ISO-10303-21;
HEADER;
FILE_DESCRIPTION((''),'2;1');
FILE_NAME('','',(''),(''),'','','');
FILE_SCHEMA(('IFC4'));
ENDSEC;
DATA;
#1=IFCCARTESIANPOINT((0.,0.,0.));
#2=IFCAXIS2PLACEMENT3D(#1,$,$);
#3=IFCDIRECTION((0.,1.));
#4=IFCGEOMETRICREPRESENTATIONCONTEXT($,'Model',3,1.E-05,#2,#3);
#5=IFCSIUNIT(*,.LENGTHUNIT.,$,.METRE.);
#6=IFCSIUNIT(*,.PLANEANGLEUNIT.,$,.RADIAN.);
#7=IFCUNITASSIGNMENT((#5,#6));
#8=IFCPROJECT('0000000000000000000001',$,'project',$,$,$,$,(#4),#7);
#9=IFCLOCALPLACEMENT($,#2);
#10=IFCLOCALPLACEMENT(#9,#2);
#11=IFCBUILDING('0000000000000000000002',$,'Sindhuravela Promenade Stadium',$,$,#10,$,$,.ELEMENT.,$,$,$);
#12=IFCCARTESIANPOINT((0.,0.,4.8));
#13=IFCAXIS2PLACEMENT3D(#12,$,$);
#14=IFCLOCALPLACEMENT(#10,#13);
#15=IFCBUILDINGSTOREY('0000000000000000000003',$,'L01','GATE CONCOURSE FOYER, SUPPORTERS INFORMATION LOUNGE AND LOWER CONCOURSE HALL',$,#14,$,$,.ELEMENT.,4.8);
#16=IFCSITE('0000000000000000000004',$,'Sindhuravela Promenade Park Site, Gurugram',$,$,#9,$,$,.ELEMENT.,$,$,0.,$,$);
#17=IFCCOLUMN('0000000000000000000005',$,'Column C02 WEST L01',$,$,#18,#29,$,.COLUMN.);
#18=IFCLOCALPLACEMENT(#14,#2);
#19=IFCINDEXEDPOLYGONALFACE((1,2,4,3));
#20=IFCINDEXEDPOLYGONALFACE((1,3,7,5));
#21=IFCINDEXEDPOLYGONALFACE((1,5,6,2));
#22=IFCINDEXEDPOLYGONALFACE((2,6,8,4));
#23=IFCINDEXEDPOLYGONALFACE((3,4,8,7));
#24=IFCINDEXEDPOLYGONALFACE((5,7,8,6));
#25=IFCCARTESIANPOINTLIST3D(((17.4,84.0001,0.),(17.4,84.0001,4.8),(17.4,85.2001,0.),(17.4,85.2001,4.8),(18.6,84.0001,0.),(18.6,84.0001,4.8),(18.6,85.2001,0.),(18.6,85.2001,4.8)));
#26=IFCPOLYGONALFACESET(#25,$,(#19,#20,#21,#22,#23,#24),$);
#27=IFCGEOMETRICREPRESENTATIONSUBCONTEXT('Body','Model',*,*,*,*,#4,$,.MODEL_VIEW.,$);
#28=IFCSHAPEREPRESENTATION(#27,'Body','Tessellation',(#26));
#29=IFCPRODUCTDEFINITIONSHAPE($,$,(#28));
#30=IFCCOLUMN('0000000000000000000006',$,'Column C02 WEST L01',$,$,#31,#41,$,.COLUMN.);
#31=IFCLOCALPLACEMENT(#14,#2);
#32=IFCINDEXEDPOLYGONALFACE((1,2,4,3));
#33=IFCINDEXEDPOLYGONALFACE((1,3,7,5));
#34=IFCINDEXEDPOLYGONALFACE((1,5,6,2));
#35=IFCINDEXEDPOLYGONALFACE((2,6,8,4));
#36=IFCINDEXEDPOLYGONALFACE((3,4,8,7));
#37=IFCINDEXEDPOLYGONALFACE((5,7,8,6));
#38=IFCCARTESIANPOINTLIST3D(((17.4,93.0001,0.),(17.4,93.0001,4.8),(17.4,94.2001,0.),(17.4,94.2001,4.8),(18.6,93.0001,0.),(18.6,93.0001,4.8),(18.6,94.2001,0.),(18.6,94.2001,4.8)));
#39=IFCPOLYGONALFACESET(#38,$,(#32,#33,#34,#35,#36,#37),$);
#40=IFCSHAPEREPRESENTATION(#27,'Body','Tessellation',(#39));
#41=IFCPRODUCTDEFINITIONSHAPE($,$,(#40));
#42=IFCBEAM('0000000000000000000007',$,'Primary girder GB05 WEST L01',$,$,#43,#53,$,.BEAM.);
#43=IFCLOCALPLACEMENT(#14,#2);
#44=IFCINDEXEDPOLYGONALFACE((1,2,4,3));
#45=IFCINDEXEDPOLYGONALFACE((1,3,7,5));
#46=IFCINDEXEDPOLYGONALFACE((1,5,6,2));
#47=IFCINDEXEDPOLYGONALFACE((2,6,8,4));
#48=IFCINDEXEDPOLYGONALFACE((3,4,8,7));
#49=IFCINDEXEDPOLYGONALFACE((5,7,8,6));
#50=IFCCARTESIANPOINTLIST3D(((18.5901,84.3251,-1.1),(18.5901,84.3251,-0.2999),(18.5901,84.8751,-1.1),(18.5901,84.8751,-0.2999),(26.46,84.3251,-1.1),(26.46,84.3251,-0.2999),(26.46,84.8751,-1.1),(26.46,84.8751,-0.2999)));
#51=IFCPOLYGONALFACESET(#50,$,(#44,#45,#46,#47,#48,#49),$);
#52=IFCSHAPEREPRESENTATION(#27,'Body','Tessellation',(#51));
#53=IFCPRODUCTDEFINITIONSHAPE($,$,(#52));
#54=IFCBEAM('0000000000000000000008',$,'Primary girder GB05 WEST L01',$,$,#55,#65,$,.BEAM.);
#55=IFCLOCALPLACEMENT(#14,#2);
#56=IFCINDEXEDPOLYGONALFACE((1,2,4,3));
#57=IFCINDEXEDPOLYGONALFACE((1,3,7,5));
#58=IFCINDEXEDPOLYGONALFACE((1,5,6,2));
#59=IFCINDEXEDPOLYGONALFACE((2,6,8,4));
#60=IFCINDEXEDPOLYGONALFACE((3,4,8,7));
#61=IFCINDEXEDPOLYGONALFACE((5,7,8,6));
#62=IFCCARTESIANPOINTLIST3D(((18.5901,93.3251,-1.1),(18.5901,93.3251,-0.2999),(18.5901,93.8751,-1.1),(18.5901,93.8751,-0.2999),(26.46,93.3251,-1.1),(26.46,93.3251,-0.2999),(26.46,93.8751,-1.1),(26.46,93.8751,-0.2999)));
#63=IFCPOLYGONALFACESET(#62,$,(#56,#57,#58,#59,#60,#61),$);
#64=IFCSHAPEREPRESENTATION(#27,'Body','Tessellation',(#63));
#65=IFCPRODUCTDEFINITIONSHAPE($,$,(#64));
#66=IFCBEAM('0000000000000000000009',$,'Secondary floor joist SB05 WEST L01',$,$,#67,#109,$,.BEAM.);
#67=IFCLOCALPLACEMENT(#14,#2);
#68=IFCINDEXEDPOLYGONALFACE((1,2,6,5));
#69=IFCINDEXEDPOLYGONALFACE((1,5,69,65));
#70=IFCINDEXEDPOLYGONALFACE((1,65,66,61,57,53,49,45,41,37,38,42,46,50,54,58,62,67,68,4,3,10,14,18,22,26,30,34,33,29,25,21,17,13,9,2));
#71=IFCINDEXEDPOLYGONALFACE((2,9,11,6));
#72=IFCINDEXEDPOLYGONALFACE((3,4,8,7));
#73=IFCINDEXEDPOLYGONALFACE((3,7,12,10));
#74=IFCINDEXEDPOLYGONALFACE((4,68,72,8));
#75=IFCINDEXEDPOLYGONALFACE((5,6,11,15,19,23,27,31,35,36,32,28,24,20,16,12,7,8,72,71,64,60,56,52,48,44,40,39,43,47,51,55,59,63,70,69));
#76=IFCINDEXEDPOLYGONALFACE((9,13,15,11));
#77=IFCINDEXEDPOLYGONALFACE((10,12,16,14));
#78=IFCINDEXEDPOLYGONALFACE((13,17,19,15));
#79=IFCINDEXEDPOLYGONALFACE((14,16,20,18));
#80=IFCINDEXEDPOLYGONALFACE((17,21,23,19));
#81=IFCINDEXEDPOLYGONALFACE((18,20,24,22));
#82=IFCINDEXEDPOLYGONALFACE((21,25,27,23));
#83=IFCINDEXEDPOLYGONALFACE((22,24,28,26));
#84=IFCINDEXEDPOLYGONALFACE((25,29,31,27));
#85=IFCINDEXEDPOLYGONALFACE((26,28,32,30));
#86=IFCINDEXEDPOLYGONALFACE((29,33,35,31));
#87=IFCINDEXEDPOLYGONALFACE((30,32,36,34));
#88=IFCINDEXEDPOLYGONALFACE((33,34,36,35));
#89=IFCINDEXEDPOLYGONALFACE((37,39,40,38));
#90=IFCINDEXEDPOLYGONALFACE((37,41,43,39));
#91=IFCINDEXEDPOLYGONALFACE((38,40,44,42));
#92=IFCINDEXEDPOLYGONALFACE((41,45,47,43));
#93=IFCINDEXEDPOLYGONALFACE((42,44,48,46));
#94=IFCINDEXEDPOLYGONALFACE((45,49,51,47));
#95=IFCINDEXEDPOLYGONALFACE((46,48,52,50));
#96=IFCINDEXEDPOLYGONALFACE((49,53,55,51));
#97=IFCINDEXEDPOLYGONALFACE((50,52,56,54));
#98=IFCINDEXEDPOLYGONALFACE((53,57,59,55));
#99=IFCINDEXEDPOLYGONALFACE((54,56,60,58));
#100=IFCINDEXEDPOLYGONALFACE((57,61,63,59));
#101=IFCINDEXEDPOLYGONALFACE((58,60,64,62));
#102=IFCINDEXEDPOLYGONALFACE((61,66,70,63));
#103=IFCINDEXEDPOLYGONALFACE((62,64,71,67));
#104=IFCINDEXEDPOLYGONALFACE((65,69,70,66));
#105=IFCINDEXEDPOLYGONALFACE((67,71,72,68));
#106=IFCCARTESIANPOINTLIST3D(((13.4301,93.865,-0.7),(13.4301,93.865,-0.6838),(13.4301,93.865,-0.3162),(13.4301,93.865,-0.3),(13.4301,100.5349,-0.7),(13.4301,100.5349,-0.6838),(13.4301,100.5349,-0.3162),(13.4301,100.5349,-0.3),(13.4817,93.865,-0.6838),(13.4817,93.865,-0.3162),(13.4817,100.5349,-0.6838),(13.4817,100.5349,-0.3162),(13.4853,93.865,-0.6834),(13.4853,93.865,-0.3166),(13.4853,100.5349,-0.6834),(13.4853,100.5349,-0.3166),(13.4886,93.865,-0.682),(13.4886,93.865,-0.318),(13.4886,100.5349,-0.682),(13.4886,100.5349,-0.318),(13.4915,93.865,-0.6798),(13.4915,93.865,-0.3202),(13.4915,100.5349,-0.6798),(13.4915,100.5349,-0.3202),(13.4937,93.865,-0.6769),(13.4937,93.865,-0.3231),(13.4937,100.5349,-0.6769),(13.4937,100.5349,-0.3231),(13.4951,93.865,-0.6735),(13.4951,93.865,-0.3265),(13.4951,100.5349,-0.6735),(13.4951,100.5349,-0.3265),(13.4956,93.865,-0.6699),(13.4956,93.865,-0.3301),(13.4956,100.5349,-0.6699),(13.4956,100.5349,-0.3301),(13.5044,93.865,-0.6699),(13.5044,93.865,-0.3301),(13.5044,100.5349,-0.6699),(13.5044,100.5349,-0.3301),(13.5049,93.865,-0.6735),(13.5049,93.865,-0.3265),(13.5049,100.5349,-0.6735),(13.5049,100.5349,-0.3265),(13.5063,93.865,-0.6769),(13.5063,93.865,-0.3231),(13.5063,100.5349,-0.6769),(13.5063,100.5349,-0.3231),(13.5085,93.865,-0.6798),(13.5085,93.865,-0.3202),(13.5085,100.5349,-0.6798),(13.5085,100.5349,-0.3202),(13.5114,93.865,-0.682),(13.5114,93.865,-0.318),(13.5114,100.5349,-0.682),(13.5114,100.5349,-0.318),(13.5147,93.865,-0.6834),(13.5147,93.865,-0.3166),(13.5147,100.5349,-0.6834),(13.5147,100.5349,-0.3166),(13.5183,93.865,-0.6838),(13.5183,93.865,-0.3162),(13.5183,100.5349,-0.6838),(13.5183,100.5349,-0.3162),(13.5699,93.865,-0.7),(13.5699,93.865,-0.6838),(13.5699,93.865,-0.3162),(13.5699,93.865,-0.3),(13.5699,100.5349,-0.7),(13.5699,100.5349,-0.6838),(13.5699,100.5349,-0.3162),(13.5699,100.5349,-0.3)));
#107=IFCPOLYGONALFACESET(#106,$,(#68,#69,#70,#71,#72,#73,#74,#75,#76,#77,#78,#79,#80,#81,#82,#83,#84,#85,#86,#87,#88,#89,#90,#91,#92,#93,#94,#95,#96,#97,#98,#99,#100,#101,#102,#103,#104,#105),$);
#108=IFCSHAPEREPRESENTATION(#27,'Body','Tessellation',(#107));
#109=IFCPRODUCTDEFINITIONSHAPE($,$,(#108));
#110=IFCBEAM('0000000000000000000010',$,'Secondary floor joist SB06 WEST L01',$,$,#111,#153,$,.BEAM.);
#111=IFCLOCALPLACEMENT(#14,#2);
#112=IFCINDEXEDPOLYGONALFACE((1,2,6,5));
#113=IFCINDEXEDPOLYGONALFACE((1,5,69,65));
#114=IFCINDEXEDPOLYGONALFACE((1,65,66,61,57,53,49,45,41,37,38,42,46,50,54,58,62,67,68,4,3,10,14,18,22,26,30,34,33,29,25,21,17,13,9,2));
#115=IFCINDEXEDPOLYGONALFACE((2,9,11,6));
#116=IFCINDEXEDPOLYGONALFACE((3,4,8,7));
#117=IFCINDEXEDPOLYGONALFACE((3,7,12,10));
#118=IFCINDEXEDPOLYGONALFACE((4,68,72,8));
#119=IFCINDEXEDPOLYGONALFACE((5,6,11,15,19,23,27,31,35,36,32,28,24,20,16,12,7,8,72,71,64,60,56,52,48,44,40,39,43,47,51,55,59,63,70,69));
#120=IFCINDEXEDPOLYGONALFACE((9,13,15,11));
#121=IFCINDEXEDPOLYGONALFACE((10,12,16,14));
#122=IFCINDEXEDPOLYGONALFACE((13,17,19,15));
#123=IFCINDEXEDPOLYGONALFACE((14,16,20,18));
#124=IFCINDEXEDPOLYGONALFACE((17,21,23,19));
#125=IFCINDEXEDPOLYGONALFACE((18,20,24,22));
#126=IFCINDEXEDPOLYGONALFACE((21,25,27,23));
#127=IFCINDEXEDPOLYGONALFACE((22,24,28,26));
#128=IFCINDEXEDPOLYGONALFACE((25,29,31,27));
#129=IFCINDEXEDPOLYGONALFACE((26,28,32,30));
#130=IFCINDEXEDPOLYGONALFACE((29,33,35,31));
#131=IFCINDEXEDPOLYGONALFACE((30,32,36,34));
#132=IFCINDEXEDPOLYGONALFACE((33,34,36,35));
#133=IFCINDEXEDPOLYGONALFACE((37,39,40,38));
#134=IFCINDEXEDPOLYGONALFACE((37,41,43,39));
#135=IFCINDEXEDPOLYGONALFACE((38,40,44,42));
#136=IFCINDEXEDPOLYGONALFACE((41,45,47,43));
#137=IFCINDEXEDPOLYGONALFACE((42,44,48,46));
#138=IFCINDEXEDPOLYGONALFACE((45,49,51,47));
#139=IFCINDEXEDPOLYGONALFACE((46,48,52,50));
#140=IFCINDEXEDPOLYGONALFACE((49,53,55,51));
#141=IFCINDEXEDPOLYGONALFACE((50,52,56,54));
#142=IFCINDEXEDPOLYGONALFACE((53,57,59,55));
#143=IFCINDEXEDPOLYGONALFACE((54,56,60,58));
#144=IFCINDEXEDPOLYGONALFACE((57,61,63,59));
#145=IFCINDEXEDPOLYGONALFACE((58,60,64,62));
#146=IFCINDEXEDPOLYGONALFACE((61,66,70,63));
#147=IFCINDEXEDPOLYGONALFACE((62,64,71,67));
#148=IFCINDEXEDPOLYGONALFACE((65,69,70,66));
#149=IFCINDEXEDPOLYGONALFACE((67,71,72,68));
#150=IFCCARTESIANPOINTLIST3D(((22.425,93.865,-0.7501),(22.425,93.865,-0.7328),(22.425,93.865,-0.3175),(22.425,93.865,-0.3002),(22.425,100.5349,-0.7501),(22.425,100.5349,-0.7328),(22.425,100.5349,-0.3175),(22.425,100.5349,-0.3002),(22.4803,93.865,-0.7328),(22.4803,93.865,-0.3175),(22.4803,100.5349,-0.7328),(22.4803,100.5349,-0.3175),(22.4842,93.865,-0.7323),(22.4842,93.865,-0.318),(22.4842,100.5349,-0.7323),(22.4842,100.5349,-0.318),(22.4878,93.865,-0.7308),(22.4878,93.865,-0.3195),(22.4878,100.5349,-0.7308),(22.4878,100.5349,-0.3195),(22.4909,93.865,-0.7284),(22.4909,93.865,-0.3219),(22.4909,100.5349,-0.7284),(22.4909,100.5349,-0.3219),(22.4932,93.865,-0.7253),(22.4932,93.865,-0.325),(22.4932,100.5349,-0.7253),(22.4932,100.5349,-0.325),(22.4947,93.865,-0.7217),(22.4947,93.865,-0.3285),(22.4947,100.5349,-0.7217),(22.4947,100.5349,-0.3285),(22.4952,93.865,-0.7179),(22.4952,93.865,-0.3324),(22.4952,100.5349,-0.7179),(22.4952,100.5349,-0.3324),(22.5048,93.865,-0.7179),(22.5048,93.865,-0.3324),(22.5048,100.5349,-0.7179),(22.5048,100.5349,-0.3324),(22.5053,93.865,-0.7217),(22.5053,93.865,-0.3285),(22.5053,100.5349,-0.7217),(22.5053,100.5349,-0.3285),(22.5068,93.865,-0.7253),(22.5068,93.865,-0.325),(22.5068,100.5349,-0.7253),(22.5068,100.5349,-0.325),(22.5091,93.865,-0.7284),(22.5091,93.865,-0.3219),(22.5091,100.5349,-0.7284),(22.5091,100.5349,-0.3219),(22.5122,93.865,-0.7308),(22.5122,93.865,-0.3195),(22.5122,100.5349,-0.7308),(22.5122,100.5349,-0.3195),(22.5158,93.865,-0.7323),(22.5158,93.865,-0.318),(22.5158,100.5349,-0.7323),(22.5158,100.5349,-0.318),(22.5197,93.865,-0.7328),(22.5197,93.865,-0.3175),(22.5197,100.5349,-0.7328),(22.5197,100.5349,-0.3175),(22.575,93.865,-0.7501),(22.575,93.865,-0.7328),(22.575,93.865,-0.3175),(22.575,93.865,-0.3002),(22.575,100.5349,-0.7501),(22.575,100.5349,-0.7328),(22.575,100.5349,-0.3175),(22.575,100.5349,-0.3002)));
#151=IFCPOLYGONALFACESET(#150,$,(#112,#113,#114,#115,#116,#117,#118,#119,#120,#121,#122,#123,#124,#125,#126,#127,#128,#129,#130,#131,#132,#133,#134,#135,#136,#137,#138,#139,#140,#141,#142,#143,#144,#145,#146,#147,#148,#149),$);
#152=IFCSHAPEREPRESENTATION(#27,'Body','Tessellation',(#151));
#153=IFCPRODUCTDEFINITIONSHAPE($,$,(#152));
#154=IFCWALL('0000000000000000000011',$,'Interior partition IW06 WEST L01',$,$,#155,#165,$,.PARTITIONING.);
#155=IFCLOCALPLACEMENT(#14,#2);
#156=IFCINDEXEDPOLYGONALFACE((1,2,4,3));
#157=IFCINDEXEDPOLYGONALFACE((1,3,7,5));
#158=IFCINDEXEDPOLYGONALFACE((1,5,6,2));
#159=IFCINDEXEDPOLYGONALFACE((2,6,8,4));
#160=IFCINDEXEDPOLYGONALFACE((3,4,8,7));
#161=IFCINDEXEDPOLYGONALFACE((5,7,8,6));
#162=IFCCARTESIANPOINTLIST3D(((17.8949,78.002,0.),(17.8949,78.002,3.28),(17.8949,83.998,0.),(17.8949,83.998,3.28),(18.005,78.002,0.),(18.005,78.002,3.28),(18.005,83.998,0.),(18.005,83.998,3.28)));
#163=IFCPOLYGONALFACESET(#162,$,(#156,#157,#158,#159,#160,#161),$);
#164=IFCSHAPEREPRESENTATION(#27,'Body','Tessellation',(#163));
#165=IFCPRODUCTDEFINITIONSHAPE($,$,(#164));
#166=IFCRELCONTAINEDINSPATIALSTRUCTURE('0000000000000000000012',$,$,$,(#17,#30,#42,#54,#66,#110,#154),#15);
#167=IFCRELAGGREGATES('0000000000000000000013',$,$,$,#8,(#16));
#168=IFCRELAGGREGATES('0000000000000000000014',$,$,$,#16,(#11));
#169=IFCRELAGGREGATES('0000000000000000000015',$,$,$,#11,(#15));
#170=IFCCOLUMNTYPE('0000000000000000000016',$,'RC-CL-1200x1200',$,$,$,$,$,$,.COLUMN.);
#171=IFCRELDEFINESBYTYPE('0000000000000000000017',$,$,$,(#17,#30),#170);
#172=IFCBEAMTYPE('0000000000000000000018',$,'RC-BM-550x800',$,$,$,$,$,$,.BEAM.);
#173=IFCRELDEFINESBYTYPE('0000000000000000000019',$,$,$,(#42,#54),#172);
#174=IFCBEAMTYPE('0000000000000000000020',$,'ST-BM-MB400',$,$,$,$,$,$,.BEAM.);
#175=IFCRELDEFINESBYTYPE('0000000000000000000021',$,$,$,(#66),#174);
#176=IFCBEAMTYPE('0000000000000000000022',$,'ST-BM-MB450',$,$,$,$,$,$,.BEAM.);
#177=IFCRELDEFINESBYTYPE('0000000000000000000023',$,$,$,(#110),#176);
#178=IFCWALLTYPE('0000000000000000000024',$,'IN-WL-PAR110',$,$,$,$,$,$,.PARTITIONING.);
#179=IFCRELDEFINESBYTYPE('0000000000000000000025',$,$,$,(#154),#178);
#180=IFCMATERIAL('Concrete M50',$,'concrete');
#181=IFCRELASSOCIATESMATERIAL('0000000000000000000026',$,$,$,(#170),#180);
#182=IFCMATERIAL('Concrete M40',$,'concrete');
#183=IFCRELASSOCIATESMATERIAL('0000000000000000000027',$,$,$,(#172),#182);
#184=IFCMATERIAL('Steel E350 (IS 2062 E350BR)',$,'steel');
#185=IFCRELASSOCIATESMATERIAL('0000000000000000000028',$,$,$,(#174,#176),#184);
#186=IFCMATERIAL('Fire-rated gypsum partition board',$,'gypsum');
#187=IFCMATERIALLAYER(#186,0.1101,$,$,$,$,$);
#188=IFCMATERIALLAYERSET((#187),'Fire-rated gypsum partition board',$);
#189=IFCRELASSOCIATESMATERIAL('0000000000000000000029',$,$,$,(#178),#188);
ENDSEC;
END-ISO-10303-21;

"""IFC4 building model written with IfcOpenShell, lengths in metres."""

from ifc_helpers import new_model, si_unit, direction, frame, frame_2d, origin, origin_2d, place, context, subcontext, project, spatial, rectangle, i_section, extrude, material, layer, layer_set, material_profile, profile_set, type_object, element, save


model = new_model("IFC4")

# Units and contexts
model_context = context("Model", 3, precision=1e-05, world=origin(), true_north=direction((0.0, 1.0)))
body_context = subcontext(model_context, "Body", "Model", "MODEL_VIEW")
ifc_project = project(units=[si_unit("LENGTHUNIT", "METRE"), si_unit("PLANEANGLEUNIT", "RADIAN")], contexts=[model_context])

# Site, building, storey
site_placement = place(None, origin())
site = spatial("IfcSite", under=ifc_project, at=site_placement, Name="Sindhuravela Promenade Park Site, Gurugram", CompositionType="ELEMENT", RefElevation=0.0)
building_placement = place(site_placement, origin())
building = spatial("IfcBuilding", under=site, at=building_placement, Name="Sindhuravela Promenade Stadium", CompositionType="ELEMENT")
storey_placement = place(building_placement, frame((0.0, 0.0, 4.8)))
storey = spatial("IfcBuildingStorey", under=building, at=storey_placement, Name="L01", Description="GATE CONCOURSE FOYER, SUPPORTERS INFORMATION LOUNGE AND LOWER CONCOURSE HALL", CompositionType="ELEMENT", Elevation=4.8)

# Columns
ifc_material_1 = material(Name="Concrete M50", Category="concrete")
ifc_material_profile_1 = material_profile(ifc_material_1, rectangle(XDim=1.2, YDim=1.2, at=origin_2d()), Name="RC 1200x1200")
ifc_profile_set_1 = profile_set([ifc_material_profile_1], Name="Concrete M50")
column_type = type_object("IfcColumnType", Name="RC-CL-1200x1200", PredefinedType="COLUMN", material=ifc_profile_set_1)
for number, where, z_axis, x_axis, name in (
    (1, (18.0, 84.6001, 0.0), (0.0, 0.0, 1.0), (1.0, 0.0, 0.0), "Column C02 WEST L01"),
    (2, (18.0, 93.6001, 0.0), (0.0, 0.0, 1.0), (1.0, 0.0, 0.0), "Column C02 WEST L01"),
):
    element("IfcColumn", number, at=place(storey_placement, frame(where, z_axis=z_axis, x_axis=x_axis)), inside=storey, type_object=column_type, Name=name, PredefinedType="COLUMN", context=body_context, shape_type="SweptSolid", body=[
        extrude(rectangle(XDim=1.2, YDim=1.2, at=origin_2d()), origin(), (0.0, 0.0, 1.0), 4.8),
    ])

# Beams
ifc_material_2 = material(Name="Concrete M40", Category="concrete")
ifc_material_profile_2 = material_profile(ifc_material_2, rectangle(XDim=0.55, YDim=0.8, at=origin_2d()), Name="RC 550x800")
ifc_profile_set_2 = profile_set([ifc_material_profile_2], Name="Concrete M40")
beam_type_1 = type_object("IfcBeamType", Name="RC-BM-550x800", PredefinedType="BEAM", material=ifc_profile_set_2)
for number, where, z_axis, x_axis, name in (
    (3, (18.5901, 84.6001, -0.7), (1.0, 0.0, 0.0), (0.0, 1.0, 0.0), "Primary girder GB05 WEST L01"),
    (4, (18.5901, 93.6001, -0.7), (1.0, 0.0, 0.0), (0.0, 1.0, 0.0), "Primary girder GB05 WEST L01"),
):
    element("IfcBeam", number, at=place(storey_placement, frame(where, z_axis=z_axis, x_axis=x_axis)), inside=storey, type_object=beam_type_1, Name=name, PredefinedType="BEAM", context=body_context, shape_type="SweptSolid", body=[
        extrude(rectangle(XDim=0.55, YDim=0.8, at=origin_2d()), origin(), (0.0, 0.0, 1.0), 7.8699),
    ])
ifc_material_3 = material(Name="Steel E350 (IS 2062 E350BR)", Category="steel")
ifc_material_profile_3 = material_profile(ifc_material_3, i_section(OverallWidth=0.1399, OverallDepth=0.3999, WebThickness=0.0088, FlangeThickness=0.0161, FilletRadius=0.0139, at=origin_2d()), Name="ISMB 400")
ifc_profile_set_3 = profile_set([ifc_material_profile_3], Name="Steel E350 (IS 2062 E350BR)")
beam_type_2 = type_object("IfcBeamType", Name="ST-BM-MB400", PredefinedType="BEAM", material=ifc_profile_set_3)
beam_1_placement = place(storey_placement, frame((13.5, 93.865, -0.5), z_axis=(0.0, 1.0, 0.0), x_axis=(-1.0, 0.0, 0.0)))
element("IfcBeam", 5, at=beam_1_placement, inside=storey, type_object=beam_type_2, Name="Secondary floor joist SB05 WEST L01", PredefinedType="BEAM", context=body_context, shape_type="SweptSolid", body=[
    extrude(i_section(OverallWidth=0.1399, OverallDepth=0.3999, WebThickness=0.0088, FlangeThickness=0.0161, FilletRadius=0.0139, at=origin_2d()), origin(), (0.0, 0.0, 1.0), 6.6699),
])
ifc_material_profile_4 = material_profile(ifc_material_3, i_section(OverallWidth=0.1499, OverallDepth=0.45, WebThickness=0.0095, FlangeThickness=0.0173, FilletRadius=0.0149, at=origin_2d()), Name="ISMB 450")
ifc_profile_set_4 = profile_set([ifc_material_profile_4], Name="Steel E350 (IS 2062 E350BR)")
beam_type_3 = type_object("IfcBeamType", Name="ST-BM-MB450", PredefinedType="BEAM", material=ifc_profile_set_4)
beam_2_placement = place(storey_placement, frame((22.5, 93.865, -0.5251), z_axis=(0.0, 1.0, 0.0), x_axis=(-1.0, 0.0, 0.0)))
element("IfcBeam", 6, at=beam_2_placement, inside=storey, type_object=beam_type_3, Name="Secondary floor joist SB06 WEST L01", PredefinedType="BEAM", context=body_context, shape_type="SweptSolid", body=[
    extrude(i_section(OverallWidth=0.1499, OverallDepth=0.45, WebThickness=0.0095, FlangeThickness=0.0173, FilletRadius=0.0149, at=origin_2d()), origin(), (0.0, 0.0, 1.0), 6.6699),
])

# Wall
ifc_material_4 = material(Name="Fire-rated gypsum partition board", Category="gypsum")
ifc_layer_1 = layer(ifc_material_4, 0.1101)
ifc_layer_set_1 = layer_set([ifc_layer_1], Name="Fire-rated gypsum partition board")
wall_type_1 = type_object("IfcWallType", Name="IN-WL-PAR110", PredefinedType="PARTITIONING", material=ifc_layer_set_1)
wall_1_placement = place(storey_placement, frame((17.95, 83.998, 0.0), z_axis=(0.0, 0.0, 1.0), x_axis=(0.0, -1.0, 0.0)))
element("IfcWall", 7, at=wall_1_placement, inside=storey, type_object=wall_type_1, Name="Interior partition IW06 WEST L01", PredefinedType="PARTITIONING", context=body_context, shape_type="SweptSolid", body=[
    extrude(rectangle(XDim=5.9961, YDim=0.1101, at=frame_2d((2.998, 0.0))), origin(), (0.0, 0.0, 1.0), 3.28),
])

save(model, "model.ifc")
